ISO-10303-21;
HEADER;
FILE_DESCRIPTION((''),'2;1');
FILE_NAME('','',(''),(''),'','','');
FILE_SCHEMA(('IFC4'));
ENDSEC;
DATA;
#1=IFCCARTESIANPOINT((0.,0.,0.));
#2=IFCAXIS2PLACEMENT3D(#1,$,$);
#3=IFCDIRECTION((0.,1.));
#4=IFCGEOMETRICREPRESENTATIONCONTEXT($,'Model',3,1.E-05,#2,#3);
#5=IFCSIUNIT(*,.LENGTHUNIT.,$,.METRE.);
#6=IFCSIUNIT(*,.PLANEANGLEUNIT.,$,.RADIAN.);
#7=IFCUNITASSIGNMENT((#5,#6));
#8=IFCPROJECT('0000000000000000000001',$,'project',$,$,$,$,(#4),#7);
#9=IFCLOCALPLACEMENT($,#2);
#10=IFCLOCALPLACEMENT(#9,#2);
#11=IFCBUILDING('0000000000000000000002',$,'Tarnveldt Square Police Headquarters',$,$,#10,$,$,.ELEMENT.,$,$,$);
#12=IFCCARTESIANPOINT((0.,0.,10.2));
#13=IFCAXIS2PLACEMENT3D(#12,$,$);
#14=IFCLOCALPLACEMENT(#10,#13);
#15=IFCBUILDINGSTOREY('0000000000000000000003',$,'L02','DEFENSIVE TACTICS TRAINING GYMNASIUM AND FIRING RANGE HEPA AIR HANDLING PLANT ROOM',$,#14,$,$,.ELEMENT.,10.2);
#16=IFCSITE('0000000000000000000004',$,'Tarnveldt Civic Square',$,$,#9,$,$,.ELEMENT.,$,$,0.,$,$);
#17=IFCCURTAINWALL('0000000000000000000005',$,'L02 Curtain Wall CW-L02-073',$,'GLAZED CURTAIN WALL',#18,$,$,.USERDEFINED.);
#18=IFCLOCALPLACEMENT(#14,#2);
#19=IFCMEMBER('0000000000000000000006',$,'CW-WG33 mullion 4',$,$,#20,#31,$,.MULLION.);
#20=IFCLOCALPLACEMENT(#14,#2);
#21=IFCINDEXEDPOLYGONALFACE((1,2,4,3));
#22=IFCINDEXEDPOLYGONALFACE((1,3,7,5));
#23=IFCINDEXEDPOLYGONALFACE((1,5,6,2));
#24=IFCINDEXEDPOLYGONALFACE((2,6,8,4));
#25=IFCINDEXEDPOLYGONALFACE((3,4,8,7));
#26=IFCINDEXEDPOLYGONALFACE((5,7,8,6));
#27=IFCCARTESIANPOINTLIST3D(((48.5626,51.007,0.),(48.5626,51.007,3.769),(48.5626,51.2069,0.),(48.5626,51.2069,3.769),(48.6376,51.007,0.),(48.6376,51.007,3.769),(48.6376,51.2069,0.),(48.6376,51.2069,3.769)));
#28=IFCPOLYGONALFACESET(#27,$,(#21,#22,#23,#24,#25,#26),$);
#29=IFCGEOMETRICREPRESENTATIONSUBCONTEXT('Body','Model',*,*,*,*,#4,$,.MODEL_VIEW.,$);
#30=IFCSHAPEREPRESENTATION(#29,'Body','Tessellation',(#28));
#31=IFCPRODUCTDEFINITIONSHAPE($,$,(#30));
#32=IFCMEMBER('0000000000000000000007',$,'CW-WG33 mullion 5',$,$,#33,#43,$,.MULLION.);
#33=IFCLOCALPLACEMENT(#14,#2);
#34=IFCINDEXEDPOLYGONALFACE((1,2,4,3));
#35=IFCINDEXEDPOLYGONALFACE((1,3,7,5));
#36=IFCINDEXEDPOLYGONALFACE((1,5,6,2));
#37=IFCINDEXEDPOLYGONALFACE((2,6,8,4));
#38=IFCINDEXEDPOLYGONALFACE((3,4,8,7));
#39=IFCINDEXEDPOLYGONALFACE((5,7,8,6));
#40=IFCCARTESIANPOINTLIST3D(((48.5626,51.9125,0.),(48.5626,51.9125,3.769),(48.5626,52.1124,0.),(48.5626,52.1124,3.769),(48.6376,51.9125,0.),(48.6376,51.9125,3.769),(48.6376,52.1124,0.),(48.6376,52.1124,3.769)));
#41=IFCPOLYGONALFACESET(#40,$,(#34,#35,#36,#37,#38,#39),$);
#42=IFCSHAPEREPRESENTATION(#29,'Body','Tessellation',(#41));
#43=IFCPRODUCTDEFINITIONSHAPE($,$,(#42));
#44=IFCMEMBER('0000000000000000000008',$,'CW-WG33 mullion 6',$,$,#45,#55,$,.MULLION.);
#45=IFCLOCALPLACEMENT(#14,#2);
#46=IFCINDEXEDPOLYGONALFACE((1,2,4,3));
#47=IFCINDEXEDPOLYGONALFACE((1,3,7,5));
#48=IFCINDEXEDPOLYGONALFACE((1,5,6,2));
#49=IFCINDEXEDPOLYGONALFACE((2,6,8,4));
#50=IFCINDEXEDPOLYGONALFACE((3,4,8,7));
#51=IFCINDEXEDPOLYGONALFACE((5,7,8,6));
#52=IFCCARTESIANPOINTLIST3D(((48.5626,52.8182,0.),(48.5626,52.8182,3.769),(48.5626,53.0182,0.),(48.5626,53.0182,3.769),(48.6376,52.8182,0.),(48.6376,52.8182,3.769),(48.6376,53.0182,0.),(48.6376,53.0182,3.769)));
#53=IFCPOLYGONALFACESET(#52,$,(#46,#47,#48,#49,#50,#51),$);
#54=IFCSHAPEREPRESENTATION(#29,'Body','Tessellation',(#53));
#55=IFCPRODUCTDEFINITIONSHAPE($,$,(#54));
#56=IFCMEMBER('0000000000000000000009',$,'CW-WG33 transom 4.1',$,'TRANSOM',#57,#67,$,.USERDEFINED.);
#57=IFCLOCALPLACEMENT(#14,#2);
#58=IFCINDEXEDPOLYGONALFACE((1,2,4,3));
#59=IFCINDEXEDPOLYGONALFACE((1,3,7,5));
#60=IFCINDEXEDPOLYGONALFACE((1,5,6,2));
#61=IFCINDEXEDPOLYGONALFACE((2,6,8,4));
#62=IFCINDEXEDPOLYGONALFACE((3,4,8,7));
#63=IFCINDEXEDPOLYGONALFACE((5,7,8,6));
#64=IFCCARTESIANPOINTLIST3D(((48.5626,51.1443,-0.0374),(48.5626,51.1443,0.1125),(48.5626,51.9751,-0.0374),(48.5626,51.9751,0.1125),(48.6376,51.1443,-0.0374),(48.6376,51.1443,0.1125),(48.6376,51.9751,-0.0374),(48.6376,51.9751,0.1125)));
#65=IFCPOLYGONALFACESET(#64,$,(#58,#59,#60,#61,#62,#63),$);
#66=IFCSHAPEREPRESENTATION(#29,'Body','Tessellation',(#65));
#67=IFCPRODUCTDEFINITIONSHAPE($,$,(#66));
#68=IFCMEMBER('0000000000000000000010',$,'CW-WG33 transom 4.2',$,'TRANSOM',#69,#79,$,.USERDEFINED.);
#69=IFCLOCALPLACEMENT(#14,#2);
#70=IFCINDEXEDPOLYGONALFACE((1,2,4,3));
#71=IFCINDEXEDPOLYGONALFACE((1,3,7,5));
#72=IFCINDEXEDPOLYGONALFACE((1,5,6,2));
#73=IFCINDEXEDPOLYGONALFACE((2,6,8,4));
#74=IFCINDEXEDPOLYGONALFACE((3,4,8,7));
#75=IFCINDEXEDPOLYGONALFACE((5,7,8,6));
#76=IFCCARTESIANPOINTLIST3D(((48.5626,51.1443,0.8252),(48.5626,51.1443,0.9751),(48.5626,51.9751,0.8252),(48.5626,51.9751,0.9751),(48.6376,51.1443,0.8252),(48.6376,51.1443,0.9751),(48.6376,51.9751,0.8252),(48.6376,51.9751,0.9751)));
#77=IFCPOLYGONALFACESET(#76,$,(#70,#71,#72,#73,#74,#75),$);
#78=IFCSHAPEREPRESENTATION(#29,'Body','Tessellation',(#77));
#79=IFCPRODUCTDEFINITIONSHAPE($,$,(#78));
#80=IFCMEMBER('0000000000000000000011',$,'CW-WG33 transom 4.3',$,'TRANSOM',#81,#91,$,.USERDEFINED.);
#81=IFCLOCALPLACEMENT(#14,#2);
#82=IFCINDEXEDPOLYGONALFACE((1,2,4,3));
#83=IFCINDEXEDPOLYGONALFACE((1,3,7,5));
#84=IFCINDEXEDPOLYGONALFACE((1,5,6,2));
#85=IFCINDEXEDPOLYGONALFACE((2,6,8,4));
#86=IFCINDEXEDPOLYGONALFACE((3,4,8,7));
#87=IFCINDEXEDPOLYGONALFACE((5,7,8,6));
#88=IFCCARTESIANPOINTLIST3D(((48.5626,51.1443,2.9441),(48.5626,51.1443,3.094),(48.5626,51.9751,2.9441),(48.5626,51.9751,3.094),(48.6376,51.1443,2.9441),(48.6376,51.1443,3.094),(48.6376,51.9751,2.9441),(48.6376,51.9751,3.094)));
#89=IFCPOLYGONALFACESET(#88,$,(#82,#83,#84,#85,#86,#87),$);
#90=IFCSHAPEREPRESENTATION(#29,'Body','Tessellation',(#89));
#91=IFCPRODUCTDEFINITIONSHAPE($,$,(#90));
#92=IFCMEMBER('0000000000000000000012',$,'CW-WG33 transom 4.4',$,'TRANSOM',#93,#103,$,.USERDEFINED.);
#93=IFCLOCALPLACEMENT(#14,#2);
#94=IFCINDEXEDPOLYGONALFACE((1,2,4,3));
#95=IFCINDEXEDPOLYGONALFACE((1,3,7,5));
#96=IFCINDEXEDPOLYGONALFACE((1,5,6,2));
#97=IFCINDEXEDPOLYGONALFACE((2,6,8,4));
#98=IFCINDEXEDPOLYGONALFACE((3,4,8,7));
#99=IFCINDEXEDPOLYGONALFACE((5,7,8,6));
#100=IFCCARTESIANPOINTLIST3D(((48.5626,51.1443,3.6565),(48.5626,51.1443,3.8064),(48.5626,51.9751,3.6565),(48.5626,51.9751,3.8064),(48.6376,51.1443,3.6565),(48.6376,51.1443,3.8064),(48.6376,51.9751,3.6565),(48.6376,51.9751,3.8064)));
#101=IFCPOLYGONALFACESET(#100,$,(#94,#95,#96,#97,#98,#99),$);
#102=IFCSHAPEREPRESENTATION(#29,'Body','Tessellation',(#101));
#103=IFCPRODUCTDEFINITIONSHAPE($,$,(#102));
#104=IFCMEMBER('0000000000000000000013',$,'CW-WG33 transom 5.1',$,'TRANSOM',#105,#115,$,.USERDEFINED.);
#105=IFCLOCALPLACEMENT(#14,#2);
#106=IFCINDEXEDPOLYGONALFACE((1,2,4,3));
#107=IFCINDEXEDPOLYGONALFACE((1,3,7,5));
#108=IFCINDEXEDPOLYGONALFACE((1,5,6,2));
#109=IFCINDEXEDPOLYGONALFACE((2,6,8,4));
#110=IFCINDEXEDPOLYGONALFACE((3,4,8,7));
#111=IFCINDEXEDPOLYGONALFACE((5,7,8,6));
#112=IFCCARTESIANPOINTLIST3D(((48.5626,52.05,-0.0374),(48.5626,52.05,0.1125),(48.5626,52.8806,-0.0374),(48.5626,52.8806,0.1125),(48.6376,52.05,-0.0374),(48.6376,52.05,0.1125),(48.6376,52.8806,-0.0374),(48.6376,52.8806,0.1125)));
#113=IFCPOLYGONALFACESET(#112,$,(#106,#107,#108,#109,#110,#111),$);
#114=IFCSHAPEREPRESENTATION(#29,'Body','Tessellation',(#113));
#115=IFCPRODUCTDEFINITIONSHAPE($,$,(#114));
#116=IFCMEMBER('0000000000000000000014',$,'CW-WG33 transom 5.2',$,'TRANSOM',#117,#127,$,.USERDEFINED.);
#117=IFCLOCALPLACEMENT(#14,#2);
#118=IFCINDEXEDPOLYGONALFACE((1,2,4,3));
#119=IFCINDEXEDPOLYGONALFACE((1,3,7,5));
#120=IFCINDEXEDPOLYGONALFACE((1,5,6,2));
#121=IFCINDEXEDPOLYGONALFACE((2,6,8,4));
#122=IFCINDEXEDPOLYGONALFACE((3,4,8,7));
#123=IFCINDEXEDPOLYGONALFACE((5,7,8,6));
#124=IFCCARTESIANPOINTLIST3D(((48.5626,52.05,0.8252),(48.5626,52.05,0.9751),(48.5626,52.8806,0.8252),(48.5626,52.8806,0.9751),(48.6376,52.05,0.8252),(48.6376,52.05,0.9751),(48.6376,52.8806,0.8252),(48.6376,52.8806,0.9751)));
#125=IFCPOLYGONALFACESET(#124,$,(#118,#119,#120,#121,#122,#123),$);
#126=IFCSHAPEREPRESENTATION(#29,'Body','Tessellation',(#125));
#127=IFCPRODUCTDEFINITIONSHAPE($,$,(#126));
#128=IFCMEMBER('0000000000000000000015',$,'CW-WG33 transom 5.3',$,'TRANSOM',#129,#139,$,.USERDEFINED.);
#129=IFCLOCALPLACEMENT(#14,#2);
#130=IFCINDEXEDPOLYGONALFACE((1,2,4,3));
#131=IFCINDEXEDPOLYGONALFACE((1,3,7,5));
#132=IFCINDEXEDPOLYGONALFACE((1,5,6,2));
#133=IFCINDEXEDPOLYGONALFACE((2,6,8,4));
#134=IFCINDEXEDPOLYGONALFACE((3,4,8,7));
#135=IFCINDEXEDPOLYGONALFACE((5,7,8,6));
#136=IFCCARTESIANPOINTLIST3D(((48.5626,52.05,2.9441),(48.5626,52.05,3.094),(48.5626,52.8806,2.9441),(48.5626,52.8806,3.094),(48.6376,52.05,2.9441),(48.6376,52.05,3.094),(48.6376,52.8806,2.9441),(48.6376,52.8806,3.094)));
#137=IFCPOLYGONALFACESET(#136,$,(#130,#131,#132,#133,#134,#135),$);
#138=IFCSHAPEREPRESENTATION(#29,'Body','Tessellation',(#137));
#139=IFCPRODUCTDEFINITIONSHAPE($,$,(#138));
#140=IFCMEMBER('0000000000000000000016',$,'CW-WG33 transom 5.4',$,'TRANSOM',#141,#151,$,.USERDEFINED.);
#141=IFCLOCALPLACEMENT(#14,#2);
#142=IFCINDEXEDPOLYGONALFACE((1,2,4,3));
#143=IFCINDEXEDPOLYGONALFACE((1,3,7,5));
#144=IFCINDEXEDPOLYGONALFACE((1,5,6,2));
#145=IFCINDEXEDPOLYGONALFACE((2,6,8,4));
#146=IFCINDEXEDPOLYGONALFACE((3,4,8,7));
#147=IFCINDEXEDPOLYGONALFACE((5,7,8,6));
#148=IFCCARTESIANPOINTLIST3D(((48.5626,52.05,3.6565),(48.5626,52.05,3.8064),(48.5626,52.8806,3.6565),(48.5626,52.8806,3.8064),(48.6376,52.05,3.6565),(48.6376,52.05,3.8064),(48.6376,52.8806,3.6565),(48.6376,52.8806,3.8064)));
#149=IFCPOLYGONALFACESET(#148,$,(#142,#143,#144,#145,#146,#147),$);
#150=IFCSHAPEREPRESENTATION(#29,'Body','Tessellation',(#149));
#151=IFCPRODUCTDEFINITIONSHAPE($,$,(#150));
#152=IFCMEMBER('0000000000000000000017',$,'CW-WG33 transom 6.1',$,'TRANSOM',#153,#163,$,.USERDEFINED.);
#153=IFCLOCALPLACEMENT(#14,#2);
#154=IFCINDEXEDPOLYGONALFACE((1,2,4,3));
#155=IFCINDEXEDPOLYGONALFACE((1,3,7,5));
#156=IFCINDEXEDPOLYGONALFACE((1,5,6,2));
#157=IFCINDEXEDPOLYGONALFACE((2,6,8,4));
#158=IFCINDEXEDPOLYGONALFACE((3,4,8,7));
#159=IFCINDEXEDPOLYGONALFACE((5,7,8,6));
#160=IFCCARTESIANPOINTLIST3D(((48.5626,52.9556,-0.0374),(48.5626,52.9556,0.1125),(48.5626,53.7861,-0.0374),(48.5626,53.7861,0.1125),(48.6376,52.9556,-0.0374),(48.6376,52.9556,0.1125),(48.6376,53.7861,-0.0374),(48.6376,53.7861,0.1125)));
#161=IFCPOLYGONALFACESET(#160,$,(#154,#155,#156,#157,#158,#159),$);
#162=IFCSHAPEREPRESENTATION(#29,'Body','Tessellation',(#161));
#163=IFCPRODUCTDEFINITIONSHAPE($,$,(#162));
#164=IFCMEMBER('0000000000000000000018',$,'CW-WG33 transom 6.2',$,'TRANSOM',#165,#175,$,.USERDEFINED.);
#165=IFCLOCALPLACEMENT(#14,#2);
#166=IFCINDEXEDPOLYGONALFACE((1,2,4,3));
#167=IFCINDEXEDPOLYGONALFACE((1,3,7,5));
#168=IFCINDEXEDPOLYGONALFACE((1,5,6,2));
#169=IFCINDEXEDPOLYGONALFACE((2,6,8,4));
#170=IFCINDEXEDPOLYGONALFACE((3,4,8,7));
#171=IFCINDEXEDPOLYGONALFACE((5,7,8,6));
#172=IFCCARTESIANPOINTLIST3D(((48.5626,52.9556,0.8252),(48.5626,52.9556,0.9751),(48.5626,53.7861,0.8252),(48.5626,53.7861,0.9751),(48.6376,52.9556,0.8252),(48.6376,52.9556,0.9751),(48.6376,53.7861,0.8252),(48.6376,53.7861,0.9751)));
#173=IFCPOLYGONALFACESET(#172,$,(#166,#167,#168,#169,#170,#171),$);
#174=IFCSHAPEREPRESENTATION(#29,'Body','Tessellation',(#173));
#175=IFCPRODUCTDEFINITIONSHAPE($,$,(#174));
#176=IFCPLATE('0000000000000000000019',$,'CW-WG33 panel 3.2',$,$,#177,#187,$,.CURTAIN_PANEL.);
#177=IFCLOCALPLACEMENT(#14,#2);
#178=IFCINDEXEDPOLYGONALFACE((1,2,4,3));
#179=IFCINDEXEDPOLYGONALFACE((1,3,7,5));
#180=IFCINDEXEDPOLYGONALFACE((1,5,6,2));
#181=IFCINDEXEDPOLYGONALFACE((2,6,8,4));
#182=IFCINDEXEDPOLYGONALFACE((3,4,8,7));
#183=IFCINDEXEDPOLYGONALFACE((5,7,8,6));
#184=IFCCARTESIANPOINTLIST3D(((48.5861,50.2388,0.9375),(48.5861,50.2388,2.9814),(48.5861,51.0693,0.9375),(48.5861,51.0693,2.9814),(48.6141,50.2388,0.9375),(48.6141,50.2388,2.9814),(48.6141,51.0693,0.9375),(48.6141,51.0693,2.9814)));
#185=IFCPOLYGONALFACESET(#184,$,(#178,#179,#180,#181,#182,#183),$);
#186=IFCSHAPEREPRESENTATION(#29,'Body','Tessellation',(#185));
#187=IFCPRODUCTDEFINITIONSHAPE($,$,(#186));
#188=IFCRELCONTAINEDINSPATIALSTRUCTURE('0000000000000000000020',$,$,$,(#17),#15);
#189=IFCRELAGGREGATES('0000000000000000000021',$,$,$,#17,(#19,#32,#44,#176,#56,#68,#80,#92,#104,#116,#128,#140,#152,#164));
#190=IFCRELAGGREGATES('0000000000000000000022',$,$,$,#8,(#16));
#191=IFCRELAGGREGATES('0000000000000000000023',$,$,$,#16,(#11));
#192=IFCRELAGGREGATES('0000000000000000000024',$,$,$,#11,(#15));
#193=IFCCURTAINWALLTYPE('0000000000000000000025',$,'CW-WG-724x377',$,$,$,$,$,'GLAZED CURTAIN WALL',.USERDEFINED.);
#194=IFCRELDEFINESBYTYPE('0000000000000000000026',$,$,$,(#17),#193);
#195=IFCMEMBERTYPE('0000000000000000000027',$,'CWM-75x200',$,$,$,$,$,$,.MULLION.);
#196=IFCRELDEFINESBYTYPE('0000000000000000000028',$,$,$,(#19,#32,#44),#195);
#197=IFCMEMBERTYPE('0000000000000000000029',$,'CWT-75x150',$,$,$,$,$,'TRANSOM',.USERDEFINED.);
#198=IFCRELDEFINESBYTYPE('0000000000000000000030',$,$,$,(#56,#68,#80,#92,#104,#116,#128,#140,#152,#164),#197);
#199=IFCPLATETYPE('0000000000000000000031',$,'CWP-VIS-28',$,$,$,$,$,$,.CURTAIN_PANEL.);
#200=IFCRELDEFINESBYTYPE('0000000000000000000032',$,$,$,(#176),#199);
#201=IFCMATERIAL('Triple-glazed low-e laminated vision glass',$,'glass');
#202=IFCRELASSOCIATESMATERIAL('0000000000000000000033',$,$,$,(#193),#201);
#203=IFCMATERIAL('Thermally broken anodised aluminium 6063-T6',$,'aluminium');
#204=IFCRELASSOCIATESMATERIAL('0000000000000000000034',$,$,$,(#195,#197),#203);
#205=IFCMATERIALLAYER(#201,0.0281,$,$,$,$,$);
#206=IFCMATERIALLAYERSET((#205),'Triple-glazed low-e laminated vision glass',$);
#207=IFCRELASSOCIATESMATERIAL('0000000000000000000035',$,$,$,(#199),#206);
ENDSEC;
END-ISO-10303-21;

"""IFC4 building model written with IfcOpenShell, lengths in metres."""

from ifc_helpers import new_model, si_unit, direction, frame, origin, origin_2d, place, context, subcontext, project, spatial, rectangle, extrude, material, layer, layer_set, material_profile, profile_set, type_object, element, aggregate, save


model = new_model("IFC4")

# Units and contexts
model_context = context("Model", 3, precision=1e-05, world=origin(), true_north=direction((0.0, 1.0)))
body_context = subcontext(model_context, "Body", "Model", "MODEL_VIEW")
ifc_project = project(units=[si_unit("LENGTHUNIT", "METRE"), si_unit("PLANEANGLEUNIT", "RADIAN")], contexts=[model_context])

# Site, building, storey
site_placement = place(None, origin())
site = spatial("IfcSite", under=ifc_project, at=site_placement, Name="Tarnveldt Civic Square", CompositionType="ELEMENT", RefElevation=0.0)
building_placement = place(site_placement, origin())
building = spatial("IfcBuilding", under=site, at=building_placement, Name="Tarnveldt Square Police Headquarters", CompositionType="ELEMENT")
storey_placement = place(building_placement, frame((0.0, 0.0, 10.2)))
storey = spatial("IfcBuildingStorey", under=building, at=storey_placement, Name="L02", Description="DEFENSIVE TACTICS TRAINING GYMNASIUM AND FIRING RANGE HEPA AIR HANDLING PLANT ROOM", CompositionType="ELEMENT", Elevation=10.2)

# Curtain wall, members, plate
ifc_material_1 = material(Name="Triple-glazed low-e laminated vision glass", Category="glass")
curtain_wall_type = type_object("IfcCurtainWallType", Name="CW-WG-724x377", ElementType="GLAZED CURTAIN WALL", PredefinedType="USERDEFINED", material=ifc_material_1)
curtain_wall_placement = place(storey_placement, origin())
curtain_wall = element("IfcCurtainWall", 1, at=curtain_wall_placement, inside=storey, type_object=curtain_wall_type, Name="L02 Curtain Wall CW-L02-073", ObjectType="GLAZED CURTAIN WALL", PredefinedType="USERDEFINED")
ifc_material_2 = material(Name="Thermally broken anodised aluminium 6063-T6", Category="aluminium")
ifc_material_profile_1 = material_profile(ifc_material_2, rectangle(XDim=0.075, YDim=0.2, at=origin_2d()), Name="CW-M75x200")
ifc_profile_set_1 = profile_set([ifc_material_profile_1], Name="Thermally broken anodised aluminium 6063-T6")
member_type_1 = type_object("IfcMemberType", Name="CWM-75x200", PredefinedType="MULLION", material=ifc_profile_set_1)
member_1_placement = place(storey_placement, frame((48.6001, 51.1069, 0.0), z_axis=(0.0, 0.0, 1.0), x_axis=(-1.0, 0.0, 0.0)))
member_1 = element("IfcMember", 2, at=member_1_placement, type_object=member_type_1, Name="CW-WG33 mullion 4", PredefinedType="MULLION", context=body_context, shape_type="SweptSolid", body=[
    extrude(rectangle(XDim=0.075, YDim=0.2, at=origin_2d()), origin(), (0.0, 0.0, 1.0), 3.769),
])
member_2_placement = place(storey_placement, frame((48.6001, 52.0125, 0.0), z_axis=(0.0, 0.0, 1.0), x_axis=(-1.0, 0.0, 0.0)))
member_2 = element("IfcMember", 3, at=member_2_placement, type_object=member_type_1, Name="CW-WG33 mullion 5", PredefinedType="MULLION", context=body_context, shape_type="SweptSolid", body=[
    extrude(rectangle(XDim=0.075, YDim=0.2, at=origin_2d()), origin(), (0.0, 0.0, 1.0), 3.769),
])
member_3_placement = place(storey_placement, frame((48.6001, 52.9182, 0.0), z_axis=(0.0, 0.0, 1.0), x_axis=(-1.0, 0.0, 0.0)))
member_3 = element("IfcMember", 4, at=member_3_placement, type_object=member_type_1, Name="CW-WG33 mullion 6", PredefinedType="MULLION", context=body_context, shape_type="SweptSolid", body=[
    extrude(rectangle(XDim=0.075, YDim=0.2, at=origin_2d()), origin(), (0.0, 0.0, 1.0), 3.769),
])
ifc_material_profile_2 = material_profile(ifc_material_2, rectangle(XDim=0.075, YDim=0.1499, at=origin_2d()), Name="CW-T75x150")
ifc_profile_set_2 = profile_set([ifc_material_profile_2], Name="Thermally broken anodised aluminium 6063-T6")
member_type_2 = type_object("IfcMemberType", Name="CWT-75x150", ElementType="TRANSOM", PredefinedType="USERDEFINED", material=ifc_profile_set_2)
member_4_placement = place(storey_placement, frame((48.6001, 51.1443, 0.0376), z_axis=(0.0, 1.0, 0.0), x_axis=(-1.0, 0.0, 0.0)))
member_4 = element("IfcMember", 5, at=member_4_placement, type_object=member_type_2, Name="CW-WG33 transom 4.1", ObjectType="TRANSOM", PredefinedType="USERDEFINED", context=body_context, shape_type="SweptSolid", body=[
    extrude(rectangle(XDim=0.075, YDim=0.1499, at=origin_2d()), origin(), (0.0, 0.0, 1.0), 0.8308),
])
member_5_placement = place(storey_placement, frame((48.6001, 51.1443, 0.9001), z_axis=(0.0, 1.0, 0.0), x_axis=(-1.0, 0.0, 0.0)))
member_5 = element("IfcMember", 6, at=member_5_placement, type_object=member_type_2, Name="CW-WG33 transom 4.2", ObjectType="TRANSOM", PredefinedType="USERDEFINED", context=body_context, shape_type="SweptSolid", body=[
    extrude(rectangle(XDim=0.075, YDim=0.1499, at=origin_2d()), origin(), (0.0, 0.0, 1.0), 0.8308),
])
member_6_placement = place(storey_placement, frame((48.6001, 51.1443, 3.019), z_axis=(0.0, 1.0, 0.0), x_axis=(-1.0, 0.0, 0.0)))
member_6 = element("IfcMember", 7, at=member_6_placement, type_object=member_type_2, Name="CW-WG33 transom 4.3", ObjectType="TRANSOM", PredefinedType="USERDEFINED", context=body_context, shape_type="SweptSolid", body=[
    extrude(rectangle(XDim=0.075, YDim=0.1499, at=origin_2d()), origin(), (0.0, 0.0, 1.0), 0.8308),
])
member_7_placement = place(storey_placement, frame((48.6001, 51.1443, 3.7314), z_axis=(0.0, 1.0, 0.0), x_axis=(-1.0, 0.0, 0.0)))
member_7 = element("IfcMember", 8, at=member_7_placement, type_object=member_type_2, Name="CW-WG33 transom 4.4", ObjectType="TRANSOM", PredefinedType="USERDEFINED", context=body_context, shape_type="SweptSolid", body=[
    extrude(rectangle(XDim=0.075, YDim=0.1499, at=origin_2d()), origin(), (0.0, 0.0, 1.0), 0.8308),
])
member_8_placement = place(storey_placement, frame((48.6001, 52.05, 0.0376), z_axis=(0.0, 1.0, 0.0), x_axis=(-1.0, 0.0, 0.0)))
member_8 = element("IfcMember", 9, at=member_8_placement, type_object=member_type_2, Name="CW-WG33 transom 5.1", ObjectType="TRANSOM", PredefinedType="USERDEFINED", context=body_context, shape_type="SweptSolid", body=[
    extrude(rectangle(XDim=0.075, YDim=0.1499, at=origin_2d()), origin(), (0.0, 0.0, 1.0), 0.8306),
])
member_9_placement = place(storey_placement, frame((48.6001, 52.05, 0.9001), z_axis=(0.0, 1.0, 0.0), x_axis=(-1.0, 0.0, 0.0)))
member_9 = element("IfcMember", 10, at=member_9_placement, type_object=member_type_2, Name="CW-WG33 transom 5.2", ObjectType="TRANSOM", PredefinedType="USERDEFINED", context=body_context, shape_type="SweptSolid", body=[
    extrude(rectangle(XDim=0.075, YDim=0.1499, at=origin_2d()), origin(), (0.0, 0.0, 1.0), 0.8306),
])
member_10_placement = place(storey_placement, frame((48.6001, 52.05, 3.019), z_axis=(0.0, 1.0, 0.0), x_axis=(-1.0, 0.0, 0.0)))
member_10 = element("IfcMember", 11, at=member_10_placement, type_object=member_type_2, Name="CW-WG33 transom 5.3", ObjectType="TRANSOM", PredefinedType="USERDEFINED", context=body_context, shape_type="SweptSolid", body=[
    extrude(rectangle(XDim=0.075, YDim=0.1499, at=origin_2d()), origin(), (0.0, 0.0, 1.0), 0.8306),
])
member_11_placement = place(storey_placement, frame((48.6001, 52.05, 3.7314), z_axis=(0.0, 1.0, 0.0), x_axis=(-1.0, 0.0, 0.0)))
member_11 = element("IfcMember", 12, at=member_11_placement, type_object=member_type_2, Name="CW-WG33 transom 5.4", ObjectType="TRANSOM", PredefinedType="USERDEFINED", context=body_context, shape_type="SweptSolid", body=[
    extrude(rectangle(XDim=0.075, YDim=0.1499, at=origin_2d()), origin(), (0.0, 0.0, 1.0), 0.8306),
])
member_12_placement = place(storey_placement, frame((48.6001, 52.9556, 0.0376), z_axis=(0.0, 1.0, 0.0), x_axis=(-1.0, 0.0, 0.0)))
member_12 = element("IfcMember", 13, at=member_12_placement, type_object=member_type_2, Name="CW-WG33 transom 6.1", ObjectType="TRANSOM", PredefinedType="USERDEFINED", context=body_context, shape_type="SweptSolid", body=[
    extrude(rectangle(XDim=0.075, YDim=0.1499, at=origin_2d()), origin(), (0.0, 0.0, 1.0), 0.8306),
])
member_13_placement = place(storey_placement, frame((48.6001, 52.9556, 0.9001), z_axis=(0.0, 1.0, 0.0), x_axis=(-1.0, 0.0, 0.0)))
member_13 = element("IfcMember", 14, at=member_13_placement, type_object=member_type_2, Name="CW-WG33 transom 6.2", ObjectType="TRANSOM", PredefinedType="USERDEFINED", context=body_context, shape_type="SweptSolid", body=[
    extrude(rectangle(XDim=0.075, YDim=0.1499, at=origin_2d()), origin(), (0.0, 0.0, 1.0), 0.8306),
])
ifc_layer = layer(ifc_material_1, 0.0281)
ifc_layer_set = layer_set([ifc_layer], Name="Triple-glazed low-e laminated vision glass")
plate_type = type_object("IfcPlateType", Name="CWP-VIS-28", PredefinedType="CURTAIN_PANEL", material=ifc_layer_set)
plate_1_placement = place(storey_placement, frame((48.6001, 50.6541, 0.9375), z_axis=(0.0, 0.0, 1.0), x_axis=(0.0, 1.0, 0.0)))
plate_1 = element("IfcPlate", 15, at=plate_1_placement, type_object=plate_type, Name="CW-WG33 panel 3.2", PredefinedType="CURTAIN_PANEL", context=body_context, shape_type="SweptSolid", body=[
    extrude(rectangle(XDim=0.8306, YDim=0.0281, at=origin_2d()), origin(), (0.0, 0.0, 1.0), 2.0439),
])
aggregate(curtain_wall, [member_1, member_2, member_3, plate_1, member_4, member_5, member_6, member_7, member_8, member_9, member_10, member_11, member_12, member_13])

save(model, "model.ifc")
